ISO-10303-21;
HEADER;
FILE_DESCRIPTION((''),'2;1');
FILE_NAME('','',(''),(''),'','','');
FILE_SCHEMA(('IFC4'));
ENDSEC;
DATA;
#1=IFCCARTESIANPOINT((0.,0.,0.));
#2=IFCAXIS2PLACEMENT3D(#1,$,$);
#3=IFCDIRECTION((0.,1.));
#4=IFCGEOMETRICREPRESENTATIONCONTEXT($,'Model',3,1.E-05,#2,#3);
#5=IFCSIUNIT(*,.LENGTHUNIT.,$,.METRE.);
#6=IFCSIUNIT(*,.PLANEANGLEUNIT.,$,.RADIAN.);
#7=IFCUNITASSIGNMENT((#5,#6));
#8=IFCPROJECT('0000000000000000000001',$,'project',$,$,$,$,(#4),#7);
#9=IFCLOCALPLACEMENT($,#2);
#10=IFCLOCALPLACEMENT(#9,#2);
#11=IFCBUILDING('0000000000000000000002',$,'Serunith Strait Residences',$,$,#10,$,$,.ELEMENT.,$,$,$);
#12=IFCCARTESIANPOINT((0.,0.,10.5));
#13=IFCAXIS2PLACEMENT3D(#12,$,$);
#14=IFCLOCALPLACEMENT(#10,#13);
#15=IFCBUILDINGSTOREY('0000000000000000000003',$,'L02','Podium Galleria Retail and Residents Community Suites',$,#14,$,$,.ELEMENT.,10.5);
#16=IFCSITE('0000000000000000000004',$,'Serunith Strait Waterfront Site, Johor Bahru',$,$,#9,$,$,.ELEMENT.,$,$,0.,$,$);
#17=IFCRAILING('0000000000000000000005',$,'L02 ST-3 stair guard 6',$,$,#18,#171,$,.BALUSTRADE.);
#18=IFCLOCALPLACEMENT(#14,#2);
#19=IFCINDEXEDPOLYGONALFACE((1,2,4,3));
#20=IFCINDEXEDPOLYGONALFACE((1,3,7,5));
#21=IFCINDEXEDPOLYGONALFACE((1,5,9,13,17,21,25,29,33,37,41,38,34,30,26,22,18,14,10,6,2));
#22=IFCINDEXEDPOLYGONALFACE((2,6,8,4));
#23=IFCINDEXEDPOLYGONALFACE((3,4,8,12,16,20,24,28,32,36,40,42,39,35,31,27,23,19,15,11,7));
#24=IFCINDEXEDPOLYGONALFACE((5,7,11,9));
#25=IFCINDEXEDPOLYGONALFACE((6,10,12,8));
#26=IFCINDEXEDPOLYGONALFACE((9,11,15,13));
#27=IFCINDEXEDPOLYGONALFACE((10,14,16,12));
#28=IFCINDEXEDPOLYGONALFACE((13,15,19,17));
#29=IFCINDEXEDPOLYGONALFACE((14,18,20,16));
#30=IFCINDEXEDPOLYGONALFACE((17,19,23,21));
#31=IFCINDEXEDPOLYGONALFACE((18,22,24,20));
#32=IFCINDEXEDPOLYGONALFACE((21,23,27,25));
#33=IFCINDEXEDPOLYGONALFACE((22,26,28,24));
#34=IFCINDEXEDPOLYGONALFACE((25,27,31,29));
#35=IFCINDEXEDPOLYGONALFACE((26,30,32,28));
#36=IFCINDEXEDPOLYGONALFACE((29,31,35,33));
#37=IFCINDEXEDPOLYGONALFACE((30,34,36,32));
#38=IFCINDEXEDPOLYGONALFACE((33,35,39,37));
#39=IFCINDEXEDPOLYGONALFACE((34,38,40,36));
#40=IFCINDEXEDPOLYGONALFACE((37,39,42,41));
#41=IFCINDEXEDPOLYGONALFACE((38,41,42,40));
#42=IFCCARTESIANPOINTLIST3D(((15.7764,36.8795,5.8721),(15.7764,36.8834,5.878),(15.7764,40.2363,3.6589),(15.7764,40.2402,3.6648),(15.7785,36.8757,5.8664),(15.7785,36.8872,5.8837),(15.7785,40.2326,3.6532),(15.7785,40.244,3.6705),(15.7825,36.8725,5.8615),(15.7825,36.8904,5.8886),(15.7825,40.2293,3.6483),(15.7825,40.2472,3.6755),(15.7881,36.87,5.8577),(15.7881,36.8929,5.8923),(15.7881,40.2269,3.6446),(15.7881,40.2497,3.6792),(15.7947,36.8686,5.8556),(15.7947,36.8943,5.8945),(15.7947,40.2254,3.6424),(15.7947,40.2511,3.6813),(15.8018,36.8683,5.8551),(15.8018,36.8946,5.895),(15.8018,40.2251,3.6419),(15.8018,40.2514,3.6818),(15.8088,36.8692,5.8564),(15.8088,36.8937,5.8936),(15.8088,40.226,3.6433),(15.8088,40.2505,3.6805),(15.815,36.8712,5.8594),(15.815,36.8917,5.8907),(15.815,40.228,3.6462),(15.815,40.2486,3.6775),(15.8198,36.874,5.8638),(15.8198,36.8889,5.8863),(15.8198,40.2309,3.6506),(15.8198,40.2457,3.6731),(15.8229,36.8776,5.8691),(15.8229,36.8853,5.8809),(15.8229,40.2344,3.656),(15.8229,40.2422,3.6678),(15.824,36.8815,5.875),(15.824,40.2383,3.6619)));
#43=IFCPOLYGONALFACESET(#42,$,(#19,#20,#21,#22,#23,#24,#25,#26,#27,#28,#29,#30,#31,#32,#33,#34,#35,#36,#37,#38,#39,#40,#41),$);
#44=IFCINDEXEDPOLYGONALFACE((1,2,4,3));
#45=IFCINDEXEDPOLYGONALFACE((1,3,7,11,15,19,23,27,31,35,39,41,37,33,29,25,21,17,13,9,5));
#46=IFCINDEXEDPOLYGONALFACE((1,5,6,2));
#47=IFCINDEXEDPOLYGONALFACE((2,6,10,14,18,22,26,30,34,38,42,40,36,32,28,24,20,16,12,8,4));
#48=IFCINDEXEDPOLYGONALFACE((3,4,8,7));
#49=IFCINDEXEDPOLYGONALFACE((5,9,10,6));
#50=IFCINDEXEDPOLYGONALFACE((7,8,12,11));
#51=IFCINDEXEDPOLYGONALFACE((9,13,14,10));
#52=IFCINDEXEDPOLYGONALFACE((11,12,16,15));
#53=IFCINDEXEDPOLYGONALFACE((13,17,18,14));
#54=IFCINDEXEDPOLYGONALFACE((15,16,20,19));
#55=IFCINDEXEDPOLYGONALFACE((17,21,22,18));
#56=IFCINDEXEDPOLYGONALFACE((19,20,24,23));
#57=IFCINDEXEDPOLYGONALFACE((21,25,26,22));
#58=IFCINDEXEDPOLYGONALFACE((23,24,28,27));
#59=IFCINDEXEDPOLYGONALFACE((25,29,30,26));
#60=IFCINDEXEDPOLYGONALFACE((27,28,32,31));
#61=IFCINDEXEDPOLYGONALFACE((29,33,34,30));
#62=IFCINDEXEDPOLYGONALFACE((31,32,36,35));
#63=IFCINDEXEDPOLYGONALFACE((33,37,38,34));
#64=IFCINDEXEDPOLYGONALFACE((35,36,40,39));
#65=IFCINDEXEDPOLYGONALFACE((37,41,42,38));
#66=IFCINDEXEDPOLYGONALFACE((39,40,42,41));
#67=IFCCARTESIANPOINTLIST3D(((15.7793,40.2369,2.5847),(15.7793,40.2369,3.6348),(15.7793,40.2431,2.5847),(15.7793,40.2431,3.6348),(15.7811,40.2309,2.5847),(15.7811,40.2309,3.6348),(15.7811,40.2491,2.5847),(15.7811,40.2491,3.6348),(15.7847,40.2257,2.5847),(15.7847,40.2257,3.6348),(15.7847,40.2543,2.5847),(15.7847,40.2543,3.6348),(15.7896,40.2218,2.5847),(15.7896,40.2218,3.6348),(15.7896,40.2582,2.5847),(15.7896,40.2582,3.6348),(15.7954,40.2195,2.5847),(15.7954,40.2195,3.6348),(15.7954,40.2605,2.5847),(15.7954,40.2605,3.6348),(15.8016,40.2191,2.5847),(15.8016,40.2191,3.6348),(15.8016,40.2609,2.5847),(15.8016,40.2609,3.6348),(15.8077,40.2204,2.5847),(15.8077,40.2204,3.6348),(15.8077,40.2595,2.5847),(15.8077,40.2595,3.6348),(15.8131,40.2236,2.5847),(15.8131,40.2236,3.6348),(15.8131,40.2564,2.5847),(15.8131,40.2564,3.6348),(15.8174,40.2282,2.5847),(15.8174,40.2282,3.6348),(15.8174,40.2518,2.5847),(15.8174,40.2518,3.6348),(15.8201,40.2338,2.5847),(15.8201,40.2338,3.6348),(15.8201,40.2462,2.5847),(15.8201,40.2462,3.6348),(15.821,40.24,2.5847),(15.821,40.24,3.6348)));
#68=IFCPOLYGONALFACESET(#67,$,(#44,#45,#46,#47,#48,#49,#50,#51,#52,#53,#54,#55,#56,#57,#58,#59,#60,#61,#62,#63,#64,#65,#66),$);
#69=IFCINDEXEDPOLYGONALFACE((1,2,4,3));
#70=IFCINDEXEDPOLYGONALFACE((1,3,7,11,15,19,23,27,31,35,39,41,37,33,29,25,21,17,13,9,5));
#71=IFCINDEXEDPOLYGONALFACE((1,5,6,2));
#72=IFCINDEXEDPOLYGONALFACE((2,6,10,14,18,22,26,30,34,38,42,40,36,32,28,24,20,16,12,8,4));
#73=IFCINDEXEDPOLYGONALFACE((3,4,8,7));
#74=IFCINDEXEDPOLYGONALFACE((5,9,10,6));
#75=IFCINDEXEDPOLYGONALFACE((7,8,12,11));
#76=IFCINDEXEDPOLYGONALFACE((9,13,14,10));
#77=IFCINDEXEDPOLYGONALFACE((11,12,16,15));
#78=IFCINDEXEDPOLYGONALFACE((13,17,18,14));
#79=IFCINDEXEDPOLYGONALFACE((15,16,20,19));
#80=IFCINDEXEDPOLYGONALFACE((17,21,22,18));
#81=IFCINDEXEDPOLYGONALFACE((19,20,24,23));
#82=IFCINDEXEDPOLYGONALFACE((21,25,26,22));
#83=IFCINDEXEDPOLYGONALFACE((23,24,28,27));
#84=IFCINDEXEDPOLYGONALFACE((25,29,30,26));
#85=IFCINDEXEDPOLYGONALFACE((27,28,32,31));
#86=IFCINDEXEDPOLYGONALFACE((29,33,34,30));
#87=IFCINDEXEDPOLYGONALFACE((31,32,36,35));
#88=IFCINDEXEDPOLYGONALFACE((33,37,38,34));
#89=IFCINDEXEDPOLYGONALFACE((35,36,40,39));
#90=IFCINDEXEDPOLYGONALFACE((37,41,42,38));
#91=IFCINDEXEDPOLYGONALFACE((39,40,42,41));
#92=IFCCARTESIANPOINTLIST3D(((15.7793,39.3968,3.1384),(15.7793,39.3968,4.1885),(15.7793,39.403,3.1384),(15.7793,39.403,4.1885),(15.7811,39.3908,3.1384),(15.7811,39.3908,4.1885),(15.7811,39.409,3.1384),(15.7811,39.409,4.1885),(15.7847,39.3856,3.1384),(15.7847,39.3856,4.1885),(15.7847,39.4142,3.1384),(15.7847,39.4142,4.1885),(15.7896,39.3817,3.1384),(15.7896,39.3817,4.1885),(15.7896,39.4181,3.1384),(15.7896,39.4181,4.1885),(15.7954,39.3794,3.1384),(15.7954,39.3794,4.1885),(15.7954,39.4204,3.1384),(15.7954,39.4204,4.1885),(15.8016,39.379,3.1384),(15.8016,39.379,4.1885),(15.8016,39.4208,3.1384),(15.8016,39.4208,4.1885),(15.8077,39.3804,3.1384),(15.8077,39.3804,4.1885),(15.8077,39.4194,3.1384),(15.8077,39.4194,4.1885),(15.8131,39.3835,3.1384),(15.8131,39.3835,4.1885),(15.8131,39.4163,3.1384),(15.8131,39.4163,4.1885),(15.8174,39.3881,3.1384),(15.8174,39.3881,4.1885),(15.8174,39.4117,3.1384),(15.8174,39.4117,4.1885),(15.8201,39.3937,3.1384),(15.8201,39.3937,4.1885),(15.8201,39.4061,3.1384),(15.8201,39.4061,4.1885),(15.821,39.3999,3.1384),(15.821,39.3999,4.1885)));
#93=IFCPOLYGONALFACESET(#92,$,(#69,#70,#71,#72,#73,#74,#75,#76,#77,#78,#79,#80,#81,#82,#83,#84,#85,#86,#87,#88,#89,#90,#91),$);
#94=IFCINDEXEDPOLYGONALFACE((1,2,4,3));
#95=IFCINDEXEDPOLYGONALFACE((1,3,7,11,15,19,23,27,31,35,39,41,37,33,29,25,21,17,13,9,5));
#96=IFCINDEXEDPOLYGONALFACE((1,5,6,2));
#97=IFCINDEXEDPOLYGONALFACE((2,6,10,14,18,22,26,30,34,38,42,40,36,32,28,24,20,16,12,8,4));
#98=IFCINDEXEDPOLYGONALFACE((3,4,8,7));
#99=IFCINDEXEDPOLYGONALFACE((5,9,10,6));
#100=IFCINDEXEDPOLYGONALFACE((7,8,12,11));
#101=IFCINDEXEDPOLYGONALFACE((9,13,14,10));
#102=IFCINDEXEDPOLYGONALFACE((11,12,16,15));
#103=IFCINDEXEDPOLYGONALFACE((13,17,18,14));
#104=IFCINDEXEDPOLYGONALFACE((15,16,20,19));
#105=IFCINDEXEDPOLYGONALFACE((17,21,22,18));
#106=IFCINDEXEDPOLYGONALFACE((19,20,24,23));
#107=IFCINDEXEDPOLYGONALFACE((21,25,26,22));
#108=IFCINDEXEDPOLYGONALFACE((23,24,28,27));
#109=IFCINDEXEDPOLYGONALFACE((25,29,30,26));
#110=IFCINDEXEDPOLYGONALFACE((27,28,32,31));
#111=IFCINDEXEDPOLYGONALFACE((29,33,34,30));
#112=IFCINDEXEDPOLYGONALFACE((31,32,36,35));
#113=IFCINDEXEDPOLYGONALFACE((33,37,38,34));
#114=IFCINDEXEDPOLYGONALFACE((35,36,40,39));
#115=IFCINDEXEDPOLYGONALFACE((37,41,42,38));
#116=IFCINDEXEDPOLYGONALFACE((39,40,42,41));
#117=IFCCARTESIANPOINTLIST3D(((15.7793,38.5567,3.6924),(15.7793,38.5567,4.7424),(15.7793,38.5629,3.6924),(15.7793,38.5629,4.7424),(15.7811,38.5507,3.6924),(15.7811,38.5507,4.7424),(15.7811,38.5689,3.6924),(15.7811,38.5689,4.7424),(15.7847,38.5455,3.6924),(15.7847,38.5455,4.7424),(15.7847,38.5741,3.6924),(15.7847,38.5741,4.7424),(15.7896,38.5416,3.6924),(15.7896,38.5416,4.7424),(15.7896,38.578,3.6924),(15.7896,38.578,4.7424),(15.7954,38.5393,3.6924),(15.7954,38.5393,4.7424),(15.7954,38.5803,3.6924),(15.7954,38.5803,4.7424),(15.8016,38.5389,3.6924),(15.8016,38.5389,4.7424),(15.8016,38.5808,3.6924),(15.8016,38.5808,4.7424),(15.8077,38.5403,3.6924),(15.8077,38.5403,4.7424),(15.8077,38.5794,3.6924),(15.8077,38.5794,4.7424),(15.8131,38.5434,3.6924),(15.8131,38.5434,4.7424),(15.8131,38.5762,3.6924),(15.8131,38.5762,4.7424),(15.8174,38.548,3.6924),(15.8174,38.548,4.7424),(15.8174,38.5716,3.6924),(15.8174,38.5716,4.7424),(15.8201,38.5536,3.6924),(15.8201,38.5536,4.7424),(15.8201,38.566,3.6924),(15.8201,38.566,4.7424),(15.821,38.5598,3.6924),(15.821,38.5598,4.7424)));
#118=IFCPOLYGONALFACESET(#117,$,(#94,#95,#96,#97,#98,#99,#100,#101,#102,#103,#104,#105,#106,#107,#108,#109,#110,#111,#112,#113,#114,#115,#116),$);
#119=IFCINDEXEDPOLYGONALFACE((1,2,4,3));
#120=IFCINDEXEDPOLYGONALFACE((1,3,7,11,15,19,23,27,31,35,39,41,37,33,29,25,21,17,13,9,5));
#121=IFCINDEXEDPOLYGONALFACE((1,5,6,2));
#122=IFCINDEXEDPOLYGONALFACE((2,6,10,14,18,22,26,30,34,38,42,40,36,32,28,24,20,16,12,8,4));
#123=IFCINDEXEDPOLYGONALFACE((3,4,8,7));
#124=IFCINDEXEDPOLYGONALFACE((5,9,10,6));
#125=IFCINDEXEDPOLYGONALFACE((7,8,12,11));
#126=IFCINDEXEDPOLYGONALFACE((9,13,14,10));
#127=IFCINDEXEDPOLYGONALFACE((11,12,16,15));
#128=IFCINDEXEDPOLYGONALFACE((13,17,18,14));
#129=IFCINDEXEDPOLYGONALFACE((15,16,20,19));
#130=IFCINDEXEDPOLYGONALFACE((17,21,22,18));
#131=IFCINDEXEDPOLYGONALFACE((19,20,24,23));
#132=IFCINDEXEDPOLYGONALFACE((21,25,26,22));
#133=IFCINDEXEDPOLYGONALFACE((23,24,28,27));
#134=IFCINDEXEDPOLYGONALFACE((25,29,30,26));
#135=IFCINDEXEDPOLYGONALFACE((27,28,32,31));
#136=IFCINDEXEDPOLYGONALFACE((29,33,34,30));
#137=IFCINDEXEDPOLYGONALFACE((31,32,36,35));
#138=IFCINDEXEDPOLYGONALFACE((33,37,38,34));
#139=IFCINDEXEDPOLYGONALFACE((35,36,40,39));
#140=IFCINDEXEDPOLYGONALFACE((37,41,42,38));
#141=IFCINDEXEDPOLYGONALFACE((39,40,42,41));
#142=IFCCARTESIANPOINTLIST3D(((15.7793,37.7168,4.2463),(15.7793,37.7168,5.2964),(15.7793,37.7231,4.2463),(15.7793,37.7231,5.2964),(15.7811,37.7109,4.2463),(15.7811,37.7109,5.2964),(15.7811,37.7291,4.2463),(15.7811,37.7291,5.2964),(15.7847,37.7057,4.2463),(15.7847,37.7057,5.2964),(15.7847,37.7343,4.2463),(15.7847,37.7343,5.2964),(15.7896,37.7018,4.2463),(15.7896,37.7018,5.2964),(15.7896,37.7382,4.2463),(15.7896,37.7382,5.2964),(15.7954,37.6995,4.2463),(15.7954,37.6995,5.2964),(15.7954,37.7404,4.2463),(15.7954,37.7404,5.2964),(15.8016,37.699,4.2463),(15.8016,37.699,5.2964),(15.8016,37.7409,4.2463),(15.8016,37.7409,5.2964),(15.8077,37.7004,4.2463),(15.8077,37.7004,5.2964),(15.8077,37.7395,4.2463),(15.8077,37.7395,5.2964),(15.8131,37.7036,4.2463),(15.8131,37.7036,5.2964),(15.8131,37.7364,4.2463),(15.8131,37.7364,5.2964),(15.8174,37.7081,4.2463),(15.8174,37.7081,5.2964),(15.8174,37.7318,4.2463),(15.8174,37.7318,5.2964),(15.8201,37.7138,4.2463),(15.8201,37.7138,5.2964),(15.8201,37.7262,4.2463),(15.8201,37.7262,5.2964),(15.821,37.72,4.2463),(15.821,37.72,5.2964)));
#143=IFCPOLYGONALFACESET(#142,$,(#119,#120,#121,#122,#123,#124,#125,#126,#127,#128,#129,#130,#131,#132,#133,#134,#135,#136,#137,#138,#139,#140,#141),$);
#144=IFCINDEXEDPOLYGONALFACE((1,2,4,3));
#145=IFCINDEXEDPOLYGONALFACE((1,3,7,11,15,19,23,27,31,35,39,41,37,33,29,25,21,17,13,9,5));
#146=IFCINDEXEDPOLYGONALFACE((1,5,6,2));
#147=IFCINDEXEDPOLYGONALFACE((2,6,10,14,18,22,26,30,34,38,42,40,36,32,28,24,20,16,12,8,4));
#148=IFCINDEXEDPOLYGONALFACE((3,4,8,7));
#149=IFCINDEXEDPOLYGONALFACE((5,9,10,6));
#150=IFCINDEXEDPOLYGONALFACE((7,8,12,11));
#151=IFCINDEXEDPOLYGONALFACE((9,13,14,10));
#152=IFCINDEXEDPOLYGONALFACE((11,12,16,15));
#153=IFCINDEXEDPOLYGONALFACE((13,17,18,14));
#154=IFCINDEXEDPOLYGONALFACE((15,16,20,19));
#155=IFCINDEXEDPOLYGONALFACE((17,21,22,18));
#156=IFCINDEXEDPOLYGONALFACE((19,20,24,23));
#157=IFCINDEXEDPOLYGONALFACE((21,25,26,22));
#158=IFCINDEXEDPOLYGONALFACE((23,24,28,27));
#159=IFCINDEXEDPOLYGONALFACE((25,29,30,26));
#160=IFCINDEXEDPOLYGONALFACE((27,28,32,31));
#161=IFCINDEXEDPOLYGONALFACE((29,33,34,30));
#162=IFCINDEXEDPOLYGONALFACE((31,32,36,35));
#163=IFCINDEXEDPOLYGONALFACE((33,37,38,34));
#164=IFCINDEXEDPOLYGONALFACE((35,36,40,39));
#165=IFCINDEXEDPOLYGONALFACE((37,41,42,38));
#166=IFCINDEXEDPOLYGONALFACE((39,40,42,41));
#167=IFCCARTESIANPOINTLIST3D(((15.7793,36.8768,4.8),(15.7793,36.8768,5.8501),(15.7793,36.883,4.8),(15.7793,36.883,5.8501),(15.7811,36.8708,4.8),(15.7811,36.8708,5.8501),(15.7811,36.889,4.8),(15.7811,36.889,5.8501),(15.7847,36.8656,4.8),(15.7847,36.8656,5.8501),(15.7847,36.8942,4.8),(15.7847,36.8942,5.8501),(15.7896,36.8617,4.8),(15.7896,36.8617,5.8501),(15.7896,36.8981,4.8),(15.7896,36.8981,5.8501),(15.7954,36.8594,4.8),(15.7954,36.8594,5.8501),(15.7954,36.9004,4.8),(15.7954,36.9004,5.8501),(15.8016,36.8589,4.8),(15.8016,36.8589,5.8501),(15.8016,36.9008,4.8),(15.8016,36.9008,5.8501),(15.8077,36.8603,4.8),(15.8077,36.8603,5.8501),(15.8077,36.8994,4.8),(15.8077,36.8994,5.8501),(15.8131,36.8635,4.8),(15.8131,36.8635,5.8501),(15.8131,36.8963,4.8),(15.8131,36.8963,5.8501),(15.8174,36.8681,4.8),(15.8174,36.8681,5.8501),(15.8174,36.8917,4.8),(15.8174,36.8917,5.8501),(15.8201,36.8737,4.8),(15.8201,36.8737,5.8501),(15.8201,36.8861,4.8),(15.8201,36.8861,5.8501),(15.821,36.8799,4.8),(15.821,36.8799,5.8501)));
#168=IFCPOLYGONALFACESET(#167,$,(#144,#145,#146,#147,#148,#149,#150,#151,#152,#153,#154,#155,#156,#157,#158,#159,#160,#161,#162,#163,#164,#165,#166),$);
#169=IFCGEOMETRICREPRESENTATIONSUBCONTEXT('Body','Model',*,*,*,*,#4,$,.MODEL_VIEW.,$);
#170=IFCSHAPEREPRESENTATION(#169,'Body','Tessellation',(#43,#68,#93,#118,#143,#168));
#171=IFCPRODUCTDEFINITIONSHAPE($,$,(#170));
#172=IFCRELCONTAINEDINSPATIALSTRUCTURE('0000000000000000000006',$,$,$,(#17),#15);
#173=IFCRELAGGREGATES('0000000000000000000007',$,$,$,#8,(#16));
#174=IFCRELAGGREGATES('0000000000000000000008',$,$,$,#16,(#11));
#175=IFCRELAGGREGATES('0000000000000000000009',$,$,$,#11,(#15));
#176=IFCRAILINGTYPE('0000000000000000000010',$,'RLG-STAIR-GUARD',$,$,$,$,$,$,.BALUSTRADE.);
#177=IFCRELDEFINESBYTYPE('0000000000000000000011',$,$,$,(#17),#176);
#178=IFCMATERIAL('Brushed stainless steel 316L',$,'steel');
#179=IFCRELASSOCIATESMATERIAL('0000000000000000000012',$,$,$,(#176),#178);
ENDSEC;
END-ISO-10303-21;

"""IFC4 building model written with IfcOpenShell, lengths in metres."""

from ifc_helpers import new_model, si_unit, direction, frame, origin, origin_2d, place, context, subcontext, project, spatial, circle, extrude, material, type_object, element, save


model = new_model("IFC4")

# Units and contexts
model_context = context("Model", 3, precision=1e-05, world=origin(), true_north=direction((0.0, 1.0)))
body_context = subcontext(model_context, "Body", "Model", "MODEL_VIEW")
ifc_project = project(units=[si_unit("LENGTHUNIT", "METRE"), si_unit("PLANEANGLEUNIT", "RADIAN")], contexts=[model_context])

# Site, building, storey
site_placement = place(None, origin())
site = spatial("IfcSite", under=ifc_project, at=site_placement, Name="Serunith Strait Waterfront Site, Johor Bahru", CompositionType="ELEMENT", RefElevation=0.0)
building_placement = place(site_placement, origin())
building = spatial("IfcBuilding", under=site, at=building_placement, Name="Serunith Strait Residences", CompositionType="ELEMENT")
storey_placement = place(building_placement, frame((0.0, 0.0, 10.5)))
storey = spatial("IfcBuildingStorey", under=building, at=storey_placement, Name="L02", Description="Podium Galleria Retail and Residents Community Suites", CompositionType="ELEMENT", Elevation=10.5)

# Railing
ifc_material_1 = material(Name="Brushed stainless steel 316L", Category="steel")
railing_type_1 = type_object("IfcRailingType", Name="RLG-STAIR-GUARD", PredefinedType="BALUSTRADE", material=ifc_material_1)
railing_1_placement = place(storey_placement, frame((15.8, 40.24, 2.5847)))
element("IfcRailing", 1, at=railing_1_placement, inside=storey, type_object=railing_type_1, Name="L02 ST-3 stair guard 6", PredefinedType="BALUSTRADE", context=body_context, shape_type="SweptSolid", body=[
    extrude(circle(Radius=0.0239, at=origin_2d()), frame((0.0, -0.0017, 1.0771), z_axis=(0.0, -0.834876, 0.550437), x_axis=(1.0, 0.0, 0.0)), (0.0, 0.0, 1.0), 4.0208),
    extrude(circle(Radius=0.021, at=origin_2d()), origin(), (0.0, 0.0, 1.0), 1.05),
    extrude(circle(Radius=0.021, at=origin_2d()), frame((0.0, -0.8401, 0.5537)), (0.0, 0.0, 1.0), 1.05),
    extrude(circle(Radius=0.021, at=origin_2d()), frame((0.0, -1.6802, 1.1077)), (0.0, 0.0, 1.0), 1.05),
    extrude(circle(Radius=0.021, at=origin_2d()), frame((0.0, -2.52, 1.6616)), (0.0, 0.0, 1.0), 1.05),
    extrude(circle(Radius=0.021, at=origin_2d()), frame((0.0, -3.3601, 2.2153)), (0.0, 0.0, 1.0), 1.05),
])

save(model, "model.ifc")
